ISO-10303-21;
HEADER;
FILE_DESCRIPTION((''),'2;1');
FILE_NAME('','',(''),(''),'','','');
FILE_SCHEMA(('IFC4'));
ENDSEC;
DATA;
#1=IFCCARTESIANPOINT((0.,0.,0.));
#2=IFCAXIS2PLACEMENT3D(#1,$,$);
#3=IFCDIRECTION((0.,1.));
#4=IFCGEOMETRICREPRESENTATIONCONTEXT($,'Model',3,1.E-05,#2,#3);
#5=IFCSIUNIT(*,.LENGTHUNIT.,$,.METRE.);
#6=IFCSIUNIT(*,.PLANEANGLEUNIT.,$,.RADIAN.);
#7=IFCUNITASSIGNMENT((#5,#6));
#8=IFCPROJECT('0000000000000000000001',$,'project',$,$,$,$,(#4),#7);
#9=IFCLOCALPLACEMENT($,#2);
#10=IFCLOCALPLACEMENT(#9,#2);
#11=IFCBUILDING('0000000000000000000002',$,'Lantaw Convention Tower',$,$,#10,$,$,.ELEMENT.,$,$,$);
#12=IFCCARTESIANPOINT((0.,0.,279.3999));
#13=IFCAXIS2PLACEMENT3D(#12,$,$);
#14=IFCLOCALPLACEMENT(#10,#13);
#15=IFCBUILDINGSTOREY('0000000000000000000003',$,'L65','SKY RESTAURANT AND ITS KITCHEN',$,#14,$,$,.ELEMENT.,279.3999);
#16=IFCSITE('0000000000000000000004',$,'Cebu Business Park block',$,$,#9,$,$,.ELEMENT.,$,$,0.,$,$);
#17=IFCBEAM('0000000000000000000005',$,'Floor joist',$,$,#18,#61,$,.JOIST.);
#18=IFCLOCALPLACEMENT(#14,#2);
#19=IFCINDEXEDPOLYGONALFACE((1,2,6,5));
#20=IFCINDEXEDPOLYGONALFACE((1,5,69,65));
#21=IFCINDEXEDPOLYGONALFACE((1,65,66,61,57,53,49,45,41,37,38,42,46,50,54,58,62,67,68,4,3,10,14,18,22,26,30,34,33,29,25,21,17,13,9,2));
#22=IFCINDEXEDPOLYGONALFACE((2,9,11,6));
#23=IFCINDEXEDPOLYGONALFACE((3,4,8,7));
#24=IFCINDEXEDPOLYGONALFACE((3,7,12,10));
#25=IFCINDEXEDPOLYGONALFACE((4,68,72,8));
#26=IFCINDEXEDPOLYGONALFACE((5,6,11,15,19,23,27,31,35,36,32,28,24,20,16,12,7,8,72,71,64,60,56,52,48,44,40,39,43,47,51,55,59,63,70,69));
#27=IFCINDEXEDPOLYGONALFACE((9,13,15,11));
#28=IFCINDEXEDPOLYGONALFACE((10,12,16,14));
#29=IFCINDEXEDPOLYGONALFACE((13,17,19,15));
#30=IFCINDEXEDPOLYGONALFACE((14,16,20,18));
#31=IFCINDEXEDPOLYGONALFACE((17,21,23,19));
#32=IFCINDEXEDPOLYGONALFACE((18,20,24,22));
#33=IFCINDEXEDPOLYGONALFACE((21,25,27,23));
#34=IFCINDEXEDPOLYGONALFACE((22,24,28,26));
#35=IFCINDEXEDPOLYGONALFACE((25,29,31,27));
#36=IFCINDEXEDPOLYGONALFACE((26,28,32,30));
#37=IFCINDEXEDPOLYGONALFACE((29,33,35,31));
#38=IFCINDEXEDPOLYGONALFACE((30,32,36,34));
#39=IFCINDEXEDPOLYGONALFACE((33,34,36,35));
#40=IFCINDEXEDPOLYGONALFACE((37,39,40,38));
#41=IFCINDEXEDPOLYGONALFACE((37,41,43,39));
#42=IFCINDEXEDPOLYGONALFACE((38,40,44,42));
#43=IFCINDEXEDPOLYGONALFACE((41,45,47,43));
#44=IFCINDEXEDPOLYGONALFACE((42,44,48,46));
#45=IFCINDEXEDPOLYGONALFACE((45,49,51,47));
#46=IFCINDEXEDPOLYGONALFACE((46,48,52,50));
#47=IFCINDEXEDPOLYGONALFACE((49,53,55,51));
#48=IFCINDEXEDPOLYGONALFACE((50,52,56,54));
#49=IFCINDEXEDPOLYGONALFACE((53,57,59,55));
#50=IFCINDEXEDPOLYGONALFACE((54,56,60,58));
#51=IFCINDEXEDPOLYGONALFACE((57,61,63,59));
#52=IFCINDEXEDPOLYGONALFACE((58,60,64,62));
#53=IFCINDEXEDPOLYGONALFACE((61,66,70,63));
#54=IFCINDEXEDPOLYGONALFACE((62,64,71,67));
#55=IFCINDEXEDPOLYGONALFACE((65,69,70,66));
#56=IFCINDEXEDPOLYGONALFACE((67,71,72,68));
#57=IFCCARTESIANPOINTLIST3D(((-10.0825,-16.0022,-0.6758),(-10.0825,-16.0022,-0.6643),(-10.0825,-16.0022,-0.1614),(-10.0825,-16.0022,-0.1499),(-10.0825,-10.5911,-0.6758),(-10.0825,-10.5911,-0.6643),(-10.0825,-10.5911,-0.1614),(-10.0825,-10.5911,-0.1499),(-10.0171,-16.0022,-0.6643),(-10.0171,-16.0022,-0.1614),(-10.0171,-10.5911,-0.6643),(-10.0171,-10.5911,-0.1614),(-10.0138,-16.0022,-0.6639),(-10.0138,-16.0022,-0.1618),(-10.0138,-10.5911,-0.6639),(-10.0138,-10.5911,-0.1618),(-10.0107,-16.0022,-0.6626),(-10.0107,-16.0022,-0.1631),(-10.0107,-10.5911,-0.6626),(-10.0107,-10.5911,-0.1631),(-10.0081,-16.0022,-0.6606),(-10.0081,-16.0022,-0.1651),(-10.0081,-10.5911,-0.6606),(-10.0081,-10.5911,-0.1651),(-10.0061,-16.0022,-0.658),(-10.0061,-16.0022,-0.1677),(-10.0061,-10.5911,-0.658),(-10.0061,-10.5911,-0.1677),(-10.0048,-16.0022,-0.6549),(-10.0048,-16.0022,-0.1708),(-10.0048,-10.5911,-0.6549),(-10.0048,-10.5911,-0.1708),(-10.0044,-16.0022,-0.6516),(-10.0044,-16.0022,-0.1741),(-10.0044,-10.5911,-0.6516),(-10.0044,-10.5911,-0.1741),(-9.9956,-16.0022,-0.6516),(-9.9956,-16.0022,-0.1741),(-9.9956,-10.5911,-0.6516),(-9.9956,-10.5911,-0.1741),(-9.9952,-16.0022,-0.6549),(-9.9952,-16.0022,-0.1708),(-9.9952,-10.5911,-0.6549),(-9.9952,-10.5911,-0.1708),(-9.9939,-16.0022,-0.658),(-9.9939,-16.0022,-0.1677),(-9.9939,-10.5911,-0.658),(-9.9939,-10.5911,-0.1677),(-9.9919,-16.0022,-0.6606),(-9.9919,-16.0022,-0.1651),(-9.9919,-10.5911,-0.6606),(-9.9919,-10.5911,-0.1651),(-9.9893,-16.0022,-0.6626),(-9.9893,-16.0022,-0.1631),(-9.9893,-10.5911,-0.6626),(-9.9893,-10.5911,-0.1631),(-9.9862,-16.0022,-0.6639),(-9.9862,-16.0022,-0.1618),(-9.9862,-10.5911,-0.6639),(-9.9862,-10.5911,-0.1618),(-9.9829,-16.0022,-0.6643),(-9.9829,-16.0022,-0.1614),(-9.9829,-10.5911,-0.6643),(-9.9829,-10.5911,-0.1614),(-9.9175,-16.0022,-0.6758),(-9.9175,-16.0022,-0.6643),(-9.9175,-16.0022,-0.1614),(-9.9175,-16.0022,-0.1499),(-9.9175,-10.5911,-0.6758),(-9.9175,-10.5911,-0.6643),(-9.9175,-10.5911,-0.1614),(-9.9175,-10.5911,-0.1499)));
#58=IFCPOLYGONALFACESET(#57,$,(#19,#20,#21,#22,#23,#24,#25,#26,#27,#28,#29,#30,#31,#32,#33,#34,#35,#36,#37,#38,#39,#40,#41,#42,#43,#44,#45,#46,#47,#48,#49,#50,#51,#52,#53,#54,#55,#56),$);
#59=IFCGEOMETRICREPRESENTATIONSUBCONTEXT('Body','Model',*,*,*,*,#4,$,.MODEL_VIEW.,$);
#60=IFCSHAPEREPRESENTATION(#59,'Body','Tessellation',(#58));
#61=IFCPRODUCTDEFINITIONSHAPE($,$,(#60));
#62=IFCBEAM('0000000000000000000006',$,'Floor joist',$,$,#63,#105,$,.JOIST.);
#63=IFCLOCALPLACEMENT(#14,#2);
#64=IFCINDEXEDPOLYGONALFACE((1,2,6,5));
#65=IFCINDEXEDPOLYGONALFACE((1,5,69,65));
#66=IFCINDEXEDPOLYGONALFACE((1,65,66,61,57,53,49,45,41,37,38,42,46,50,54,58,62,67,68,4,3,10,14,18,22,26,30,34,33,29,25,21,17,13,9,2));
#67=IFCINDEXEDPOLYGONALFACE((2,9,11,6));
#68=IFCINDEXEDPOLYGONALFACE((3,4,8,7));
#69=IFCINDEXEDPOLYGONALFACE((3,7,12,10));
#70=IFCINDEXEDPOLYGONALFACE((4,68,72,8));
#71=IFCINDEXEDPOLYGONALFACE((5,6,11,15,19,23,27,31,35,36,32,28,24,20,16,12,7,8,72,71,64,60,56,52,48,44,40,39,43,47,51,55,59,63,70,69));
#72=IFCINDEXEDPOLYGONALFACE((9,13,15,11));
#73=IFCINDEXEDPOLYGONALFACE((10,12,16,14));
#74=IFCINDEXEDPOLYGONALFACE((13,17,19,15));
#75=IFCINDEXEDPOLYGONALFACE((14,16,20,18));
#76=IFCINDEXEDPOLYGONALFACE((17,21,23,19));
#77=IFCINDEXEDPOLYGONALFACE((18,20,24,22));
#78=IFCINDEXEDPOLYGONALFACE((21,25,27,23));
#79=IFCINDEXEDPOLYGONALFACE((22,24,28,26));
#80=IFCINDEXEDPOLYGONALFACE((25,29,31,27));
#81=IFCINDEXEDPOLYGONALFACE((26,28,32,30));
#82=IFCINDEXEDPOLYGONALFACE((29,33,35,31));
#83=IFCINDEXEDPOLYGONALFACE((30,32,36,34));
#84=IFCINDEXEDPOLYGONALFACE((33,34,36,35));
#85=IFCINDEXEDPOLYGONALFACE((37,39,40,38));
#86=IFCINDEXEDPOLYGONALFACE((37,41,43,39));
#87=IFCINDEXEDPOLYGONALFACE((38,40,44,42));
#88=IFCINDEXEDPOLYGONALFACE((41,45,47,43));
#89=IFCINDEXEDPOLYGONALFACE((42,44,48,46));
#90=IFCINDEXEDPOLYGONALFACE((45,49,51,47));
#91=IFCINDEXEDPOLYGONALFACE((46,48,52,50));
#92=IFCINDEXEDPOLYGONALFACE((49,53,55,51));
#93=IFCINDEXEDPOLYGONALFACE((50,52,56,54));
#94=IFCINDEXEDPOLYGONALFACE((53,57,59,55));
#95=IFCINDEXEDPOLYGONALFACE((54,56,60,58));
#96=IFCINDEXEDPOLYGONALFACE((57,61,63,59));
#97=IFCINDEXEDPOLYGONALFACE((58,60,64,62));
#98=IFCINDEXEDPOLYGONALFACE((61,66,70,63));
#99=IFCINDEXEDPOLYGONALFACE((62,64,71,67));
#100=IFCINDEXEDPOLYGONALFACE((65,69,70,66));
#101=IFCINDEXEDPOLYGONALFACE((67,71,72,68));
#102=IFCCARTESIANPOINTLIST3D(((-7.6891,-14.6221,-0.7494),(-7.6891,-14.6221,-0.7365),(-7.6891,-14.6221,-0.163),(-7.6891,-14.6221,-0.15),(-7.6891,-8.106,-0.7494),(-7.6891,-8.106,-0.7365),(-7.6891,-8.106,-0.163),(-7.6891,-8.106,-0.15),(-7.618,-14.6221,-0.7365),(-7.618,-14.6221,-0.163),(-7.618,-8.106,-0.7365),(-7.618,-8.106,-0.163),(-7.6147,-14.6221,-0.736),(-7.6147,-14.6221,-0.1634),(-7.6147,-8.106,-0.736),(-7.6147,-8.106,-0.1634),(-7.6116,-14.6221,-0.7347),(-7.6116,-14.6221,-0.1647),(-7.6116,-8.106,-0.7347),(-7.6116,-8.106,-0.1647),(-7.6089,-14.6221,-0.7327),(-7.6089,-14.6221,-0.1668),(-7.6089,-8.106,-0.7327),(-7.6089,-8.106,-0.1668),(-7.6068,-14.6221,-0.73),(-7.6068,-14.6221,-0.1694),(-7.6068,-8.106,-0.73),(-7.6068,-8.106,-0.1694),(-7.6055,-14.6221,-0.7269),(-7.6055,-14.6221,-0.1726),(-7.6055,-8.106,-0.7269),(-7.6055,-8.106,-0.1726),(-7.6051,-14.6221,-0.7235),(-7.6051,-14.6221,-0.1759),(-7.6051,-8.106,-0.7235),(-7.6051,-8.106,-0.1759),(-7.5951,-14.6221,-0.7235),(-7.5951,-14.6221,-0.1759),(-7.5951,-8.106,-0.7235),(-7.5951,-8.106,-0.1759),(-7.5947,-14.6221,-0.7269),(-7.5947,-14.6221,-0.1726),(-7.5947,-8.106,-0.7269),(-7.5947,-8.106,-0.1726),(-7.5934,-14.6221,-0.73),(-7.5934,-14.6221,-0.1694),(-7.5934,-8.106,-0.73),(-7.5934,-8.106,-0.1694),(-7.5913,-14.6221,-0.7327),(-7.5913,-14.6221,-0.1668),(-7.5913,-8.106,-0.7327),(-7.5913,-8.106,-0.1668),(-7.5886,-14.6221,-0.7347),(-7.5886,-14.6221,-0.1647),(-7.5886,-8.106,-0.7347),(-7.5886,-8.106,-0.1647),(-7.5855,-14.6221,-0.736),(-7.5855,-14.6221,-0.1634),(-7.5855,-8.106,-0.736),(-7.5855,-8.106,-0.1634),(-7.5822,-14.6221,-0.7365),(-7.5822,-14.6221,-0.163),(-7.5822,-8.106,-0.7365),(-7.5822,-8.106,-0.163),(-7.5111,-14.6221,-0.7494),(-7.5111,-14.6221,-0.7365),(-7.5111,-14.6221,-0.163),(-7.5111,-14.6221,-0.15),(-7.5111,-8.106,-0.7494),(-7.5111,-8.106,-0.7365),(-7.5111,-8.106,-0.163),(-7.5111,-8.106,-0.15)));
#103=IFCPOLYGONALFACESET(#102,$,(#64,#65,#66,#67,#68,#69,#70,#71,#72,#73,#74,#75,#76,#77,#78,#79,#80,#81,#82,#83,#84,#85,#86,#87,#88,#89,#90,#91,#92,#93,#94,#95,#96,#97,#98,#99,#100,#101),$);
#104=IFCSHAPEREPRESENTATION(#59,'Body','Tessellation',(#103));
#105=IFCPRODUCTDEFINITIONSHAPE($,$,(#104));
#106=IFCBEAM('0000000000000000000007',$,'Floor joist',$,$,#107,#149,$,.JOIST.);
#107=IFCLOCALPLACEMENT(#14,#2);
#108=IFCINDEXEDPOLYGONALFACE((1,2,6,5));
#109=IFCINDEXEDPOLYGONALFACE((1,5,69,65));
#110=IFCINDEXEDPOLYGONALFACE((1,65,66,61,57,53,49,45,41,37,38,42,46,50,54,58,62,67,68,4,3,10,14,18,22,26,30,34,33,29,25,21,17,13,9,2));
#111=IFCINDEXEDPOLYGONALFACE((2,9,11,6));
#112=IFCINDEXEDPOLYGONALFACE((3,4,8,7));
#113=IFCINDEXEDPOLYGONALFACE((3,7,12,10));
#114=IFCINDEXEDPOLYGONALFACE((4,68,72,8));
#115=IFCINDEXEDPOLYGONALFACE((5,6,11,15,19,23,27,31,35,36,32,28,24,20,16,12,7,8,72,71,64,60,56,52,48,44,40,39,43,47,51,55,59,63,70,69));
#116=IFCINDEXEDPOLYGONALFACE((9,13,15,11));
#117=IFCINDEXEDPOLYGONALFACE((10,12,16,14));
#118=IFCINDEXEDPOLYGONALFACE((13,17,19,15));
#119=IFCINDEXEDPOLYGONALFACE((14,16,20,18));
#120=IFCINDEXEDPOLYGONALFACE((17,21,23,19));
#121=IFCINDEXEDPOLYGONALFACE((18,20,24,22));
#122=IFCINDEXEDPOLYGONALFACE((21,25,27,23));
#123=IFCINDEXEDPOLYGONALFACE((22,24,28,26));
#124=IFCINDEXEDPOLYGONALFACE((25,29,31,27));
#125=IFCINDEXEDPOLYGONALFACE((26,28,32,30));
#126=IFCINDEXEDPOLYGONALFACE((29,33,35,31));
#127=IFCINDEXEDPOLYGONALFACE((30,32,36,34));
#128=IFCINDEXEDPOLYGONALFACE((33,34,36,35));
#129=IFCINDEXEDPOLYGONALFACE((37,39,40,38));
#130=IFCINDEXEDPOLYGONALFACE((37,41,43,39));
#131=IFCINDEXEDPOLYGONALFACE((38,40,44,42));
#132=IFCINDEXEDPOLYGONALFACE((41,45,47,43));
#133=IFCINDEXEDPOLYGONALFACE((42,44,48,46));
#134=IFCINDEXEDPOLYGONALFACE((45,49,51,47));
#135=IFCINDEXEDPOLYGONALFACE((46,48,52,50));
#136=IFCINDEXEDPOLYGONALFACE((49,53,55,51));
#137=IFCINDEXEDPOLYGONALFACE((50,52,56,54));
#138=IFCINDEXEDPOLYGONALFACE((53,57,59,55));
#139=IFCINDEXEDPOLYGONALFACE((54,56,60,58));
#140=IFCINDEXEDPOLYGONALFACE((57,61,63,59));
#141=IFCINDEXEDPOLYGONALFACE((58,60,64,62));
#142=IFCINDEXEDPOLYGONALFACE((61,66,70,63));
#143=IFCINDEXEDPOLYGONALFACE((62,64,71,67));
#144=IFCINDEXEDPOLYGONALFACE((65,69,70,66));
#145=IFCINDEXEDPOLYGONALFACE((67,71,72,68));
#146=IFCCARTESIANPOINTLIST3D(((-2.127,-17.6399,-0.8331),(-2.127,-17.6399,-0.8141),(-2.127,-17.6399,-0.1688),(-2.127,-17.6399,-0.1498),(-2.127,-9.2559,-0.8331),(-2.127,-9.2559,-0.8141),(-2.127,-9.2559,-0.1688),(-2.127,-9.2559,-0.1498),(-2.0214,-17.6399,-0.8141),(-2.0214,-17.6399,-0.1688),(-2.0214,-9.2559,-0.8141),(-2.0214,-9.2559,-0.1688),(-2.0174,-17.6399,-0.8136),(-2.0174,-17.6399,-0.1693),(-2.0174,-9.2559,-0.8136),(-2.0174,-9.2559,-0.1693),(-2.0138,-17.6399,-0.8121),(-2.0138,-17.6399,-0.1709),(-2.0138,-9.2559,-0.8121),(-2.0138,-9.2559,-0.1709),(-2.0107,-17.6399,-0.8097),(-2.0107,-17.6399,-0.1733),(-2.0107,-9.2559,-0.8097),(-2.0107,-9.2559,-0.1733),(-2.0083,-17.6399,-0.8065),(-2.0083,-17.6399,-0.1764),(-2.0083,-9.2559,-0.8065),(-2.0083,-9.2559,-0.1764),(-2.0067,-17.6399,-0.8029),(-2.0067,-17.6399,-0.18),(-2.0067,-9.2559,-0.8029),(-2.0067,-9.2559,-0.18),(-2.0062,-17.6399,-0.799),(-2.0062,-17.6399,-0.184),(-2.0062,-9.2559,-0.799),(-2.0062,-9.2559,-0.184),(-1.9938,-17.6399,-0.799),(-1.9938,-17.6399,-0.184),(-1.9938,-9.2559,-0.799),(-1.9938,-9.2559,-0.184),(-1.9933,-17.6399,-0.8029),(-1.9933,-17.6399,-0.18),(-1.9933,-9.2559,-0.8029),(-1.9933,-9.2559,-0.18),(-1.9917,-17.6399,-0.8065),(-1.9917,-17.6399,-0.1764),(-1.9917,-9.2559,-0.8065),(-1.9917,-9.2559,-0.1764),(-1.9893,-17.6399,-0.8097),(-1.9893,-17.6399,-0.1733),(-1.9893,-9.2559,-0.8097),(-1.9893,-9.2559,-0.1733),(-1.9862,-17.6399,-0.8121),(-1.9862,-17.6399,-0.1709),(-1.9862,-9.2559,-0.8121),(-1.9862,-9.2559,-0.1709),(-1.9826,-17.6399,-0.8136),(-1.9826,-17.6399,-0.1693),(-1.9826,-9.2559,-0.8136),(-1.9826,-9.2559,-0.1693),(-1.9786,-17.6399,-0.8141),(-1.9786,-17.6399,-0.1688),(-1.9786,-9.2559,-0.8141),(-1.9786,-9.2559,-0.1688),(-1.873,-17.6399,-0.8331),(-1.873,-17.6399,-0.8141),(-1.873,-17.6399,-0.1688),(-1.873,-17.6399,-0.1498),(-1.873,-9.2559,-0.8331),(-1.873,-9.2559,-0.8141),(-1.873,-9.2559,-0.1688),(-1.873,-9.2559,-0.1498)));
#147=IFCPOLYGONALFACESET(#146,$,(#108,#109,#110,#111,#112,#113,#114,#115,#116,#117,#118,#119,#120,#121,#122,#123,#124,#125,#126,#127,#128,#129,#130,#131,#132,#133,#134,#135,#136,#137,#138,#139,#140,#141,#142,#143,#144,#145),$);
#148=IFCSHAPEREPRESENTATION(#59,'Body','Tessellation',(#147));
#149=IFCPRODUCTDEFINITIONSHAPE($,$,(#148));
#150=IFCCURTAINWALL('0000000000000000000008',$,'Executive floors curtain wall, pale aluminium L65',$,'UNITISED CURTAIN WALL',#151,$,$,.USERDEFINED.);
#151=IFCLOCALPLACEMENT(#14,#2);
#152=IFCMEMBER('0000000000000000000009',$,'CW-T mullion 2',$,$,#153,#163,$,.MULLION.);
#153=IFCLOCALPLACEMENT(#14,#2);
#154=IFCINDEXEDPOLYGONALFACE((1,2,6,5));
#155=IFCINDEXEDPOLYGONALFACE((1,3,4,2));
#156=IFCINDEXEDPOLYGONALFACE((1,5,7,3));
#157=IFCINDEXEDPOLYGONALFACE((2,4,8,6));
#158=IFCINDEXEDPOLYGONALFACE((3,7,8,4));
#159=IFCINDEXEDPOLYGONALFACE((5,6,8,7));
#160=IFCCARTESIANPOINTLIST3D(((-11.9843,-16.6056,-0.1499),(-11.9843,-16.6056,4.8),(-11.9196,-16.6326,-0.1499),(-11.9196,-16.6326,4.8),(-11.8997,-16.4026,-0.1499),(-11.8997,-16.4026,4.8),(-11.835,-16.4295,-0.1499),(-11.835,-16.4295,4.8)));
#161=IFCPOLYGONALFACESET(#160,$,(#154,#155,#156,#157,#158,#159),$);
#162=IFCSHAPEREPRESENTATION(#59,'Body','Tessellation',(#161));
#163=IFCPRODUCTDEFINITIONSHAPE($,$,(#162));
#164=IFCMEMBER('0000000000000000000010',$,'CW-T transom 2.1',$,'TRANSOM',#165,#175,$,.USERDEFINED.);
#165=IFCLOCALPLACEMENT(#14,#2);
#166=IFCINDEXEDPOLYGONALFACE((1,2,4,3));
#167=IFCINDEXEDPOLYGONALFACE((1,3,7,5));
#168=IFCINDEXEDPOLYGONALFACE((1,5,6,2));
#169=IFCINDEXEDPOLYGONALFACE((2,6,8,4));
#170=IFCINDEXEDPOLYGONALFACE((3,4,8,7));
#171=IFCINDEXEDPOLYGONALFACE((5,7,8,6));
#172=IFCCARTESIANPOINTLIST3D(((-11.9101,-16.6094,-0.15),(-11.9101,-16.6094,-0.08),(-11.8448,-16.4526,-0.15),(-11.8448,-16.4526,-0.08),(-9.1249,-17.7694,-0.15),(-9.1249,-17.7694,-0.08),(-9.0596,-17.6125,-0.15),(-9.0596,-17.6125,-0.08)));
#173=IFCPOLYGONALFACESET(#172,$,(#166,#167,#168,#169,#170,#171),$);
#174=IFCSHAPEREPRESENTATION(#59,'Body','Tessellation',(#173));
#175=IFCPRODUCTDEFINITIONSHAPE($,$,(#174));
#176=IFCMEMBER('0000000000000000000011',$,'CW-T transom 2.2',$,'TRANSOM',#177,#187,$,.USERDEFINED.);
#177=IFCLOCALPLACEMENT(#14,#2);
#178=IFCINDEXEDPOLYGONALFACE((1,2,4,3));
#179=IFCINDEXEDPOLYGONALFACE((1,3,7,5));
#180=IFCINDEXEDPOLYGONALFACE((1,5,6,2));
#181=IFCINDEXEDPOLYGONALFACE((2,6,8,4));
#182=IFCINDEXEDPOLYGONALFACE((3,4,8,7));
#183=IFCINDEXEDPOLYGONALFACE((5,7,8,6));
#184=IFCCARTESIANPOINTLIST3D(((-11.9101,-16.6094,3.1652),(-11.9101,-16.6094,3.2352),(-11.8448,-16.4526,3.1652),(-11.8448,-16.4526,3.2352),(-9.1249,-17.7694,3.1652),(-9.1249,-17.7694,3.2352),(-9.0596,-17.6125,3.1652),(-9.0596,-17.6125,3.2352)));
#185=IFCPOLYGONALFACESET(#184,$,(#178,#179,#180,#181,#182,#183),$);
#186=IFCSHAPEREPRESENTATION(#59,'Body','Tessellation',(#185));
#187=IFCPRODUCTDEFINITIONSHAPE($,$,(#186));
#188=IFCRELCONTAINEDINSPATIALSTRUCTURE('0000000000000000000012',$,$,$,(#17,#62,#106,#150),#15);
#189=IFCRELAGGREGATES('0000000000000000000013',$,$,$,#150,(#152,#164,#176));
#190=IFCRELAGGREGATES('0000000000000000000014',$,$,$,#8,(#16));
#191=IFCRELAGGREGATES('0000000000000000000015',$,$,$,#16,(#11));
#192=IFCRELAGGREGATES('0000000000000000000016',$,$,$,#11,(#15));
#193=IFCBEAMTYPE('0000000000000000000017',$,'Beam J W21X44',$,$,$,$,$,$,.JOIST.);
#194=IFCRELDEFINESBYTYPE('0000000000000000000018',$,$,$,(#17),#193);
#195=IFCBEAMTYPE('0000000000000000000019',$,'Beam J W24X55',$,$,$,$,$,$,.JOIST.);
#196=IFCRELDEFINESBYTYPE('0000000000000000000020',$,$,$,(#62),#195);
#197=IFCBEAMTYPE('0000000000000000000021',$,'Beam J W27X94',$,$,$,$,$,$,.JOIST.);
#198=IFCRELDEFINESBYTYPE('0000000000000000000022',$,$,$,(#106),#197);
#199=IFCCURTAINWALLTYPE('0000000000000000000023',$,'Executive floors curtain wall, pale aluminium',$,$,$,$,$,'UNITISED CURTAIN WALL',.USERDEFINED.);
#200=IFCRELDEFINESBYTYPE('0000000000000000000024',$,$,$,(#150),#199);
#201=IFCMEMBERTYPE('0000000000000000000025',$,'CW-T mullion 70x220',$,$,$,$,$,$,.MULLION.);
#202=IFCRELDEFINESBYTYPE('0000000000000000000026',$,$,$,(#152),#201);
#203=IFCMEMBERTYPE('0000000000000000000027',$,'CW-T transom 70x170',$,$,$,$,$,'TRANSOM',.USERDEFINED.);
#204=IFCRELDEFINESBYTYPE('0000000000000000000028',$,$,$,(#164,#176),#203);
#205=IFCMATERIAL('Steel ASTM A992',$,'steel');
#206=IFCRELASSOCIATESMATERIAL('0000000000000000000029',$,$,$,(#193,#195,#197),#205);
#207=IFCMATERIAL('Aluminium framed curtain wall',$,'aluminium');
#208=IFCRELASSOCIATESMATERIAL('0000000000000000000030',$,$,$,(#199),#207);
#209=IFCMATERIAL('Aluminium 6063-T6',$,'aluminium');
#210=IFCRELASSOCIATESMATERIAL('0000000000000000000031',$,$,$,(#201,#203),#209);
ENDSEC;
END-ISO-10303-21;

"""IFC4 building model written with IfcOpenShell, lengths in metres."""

from ifc_helpers import new_model, si_unit, direction, frame, origin, origin_2d, place, context, subcontext, project, spatial, rectangle, i_section, extrude, material, material_profile, profile_set, type_object, element, aggregate, save


model = new_model("IFC4")

# Units and contexts
model_context = context("Model", 3, precision=1e-05, world=origin(), true_north=direction((0.0, 1.0)))
body_context = subcontext(model_context, "Body", "Model", "MODEL_VIEW")
ifc_project = project(units=[si_unit("LENGTHUNIT", "METRE"), si_unit("PLANEANGLEUNIT", "RADIAN")], contexts=[model_context])

# Site, building, storey
site_placement = place(None, origin())
site = spatial("IfcSite", under=ifc_project, at=site_placement, Name="Cebu Business Park block", CompositionType="ELEMENT", RefElevation=0.0)
building_placement = place(site_placement, origin())
building = spatial("IfcBuilding", under=site, at=building_placement, Name="Lantaw Convention Tower", CompositionType="ELEMENT")
storey_placement = place(building_placement, frame((0.0, 0.0, 279.3999)))
storey = spatial("IfcBuildingStorey", under=building, at=storey_placement, Name="L65", Description="SKY RESTAURANT AND ITS KITCHEN", CompositionType="ELEMENT", Elevation=279.3999)

# Beams
ifc_material_1 = material(Name="Steel ASTM A992", Category="steel")
ifc_material_profile_1 = material_profile(ifc_material_1, i_section(OverallWidth=0.165, OverallDepth=0.5259, WebThickness=0.0088, FlangeThickness=0.0115, FilletRadius=0.0127, at=origin_2d()), Name="W21X44")
ifc_profile_set_1 = profile_set([ifc_material_profile_1], Name="Steel ASTM A992")
beam_type_1 = type_object("IfcBeamType", Name="Beam J W21X44", PredefinedType="JOIST", material=ifc_profile_set_1)
beam_1_placement = place(storey_placement, frame((-10.0, -16.0022, -0.4128), z_axis=(0.0, 1.0, 0.0), x_axis=(-1.0, 0.0, 0.0)))
element("IfcBeam", 1, at=beam_1_placement, inside=storey, type_object=beam_type_1, Name="Floor joist", PredefinedType="JOIST", context=body_context, shape_type="SweptSolid", body=[
    extrude(i_section(OverallWidth=0.165, OverallDepth=0.5259, WebThickness=0.0088, FlangeThickness=0.0115, FilletRadius=0.0127, at=origin_2d()), origin(), (0.0, 0.0, 1.0), 5.4111),
])
ifc_material_profile_2 = material_profile(ifc_material_1, i_section(OverallWidth=0.178, OverallDepth=0.5994, WebThickness=0.01, FlangeThickness=0.0129, FilletRadius=0.0129, at=origin_2d()), Name="W24X55")
ifc_profile_set_2 = profile_set([ifc_material_profile_2], Name="Steel ASTM A992")
beam_type_2 = type_object("IfcBeamType", Name="Beam J W24X55", PredefinedType="JOIST", material=ifc_profile_set_2)
beam_2_placement = place(storey_placement, frame((-7.6001, -14.6221, -0.4497), z_axis=(0.0, 1.0, 0.0), x_axis=(-1.0, 0.0, 0.0)))
element("IfcBeam", 2, at=beam_2_placement, inside=storey, type_object=beam_type_2, Name="Floor joist", PredefinedType="JOIST", context=body_context, shape_type="SweptSolid", body=[
    extrude(i_section(OverallWidth=0.178, OverallDepth=0.5994, WebThickness=0.01, FlangeThickness=0.0129, FilletRadius=0.0129, at=origin_2d()), origin(), (0.0, 0.0, 1.0), 6.5161),
])
ifc_material_profile_3 = material_profile(ifc_material_1, i_section(OverallWidth=0.2539, OverallDepth=0.6833, WebThickness=0.0125, FlangeThickness=0.019, FilletRadius=0.0151, at=origin_2d()), Name="W27X94")
ifc_profile_set_3 = profile_set([ifc_material_profile_3], Name="Steel ASTM A992")
beam_type_3 = type_object("IfcBeamType", Name="Beam J W27X94", PredefinedType="JOIST", material=ifc_profile_set_3)
beam_3_placement = place(storey_placement, frame((-2.0, -17.6399, -0.4915), z_axis=(0.0, 1.0, 0.0), x_axis=(-1.0, 0.0, 0.0)))
element("IfcBeam", 3, at=beam_3_placement, inside=storey, type_object=beam_type_3, Name="Floor joist", PredefinedType="JOIST", context=body_context, shape_type="SweptSolid", body=[
    extrude(i_section(OverallWidth=0.2539, OverallDepth=0.6833, WebThickness=0.0125, FlangeThickness=0.019, FilletRadius=0.0151, at=origin_2d()), origin(), (0.0, 0.0, 1.0), 8.384),
])

# Curtain wall, members
ifc_material_2 = material(Name="Aluminium framed curtain wall", Category="aluminium")
curtain_wall_type = type_object("IfcCurtainWallType", Name="Executive floors curtain wall, pale aluminium", ElementType="UNITISED CURTAIN WALL", PredefinedType="USERDEFINED", material=ifc_material_2)
curtain_wall_placement = place(storey_placement, origin())
curtain_wall = element("IfcCurtainWall", 4, at=curtain_wall_placement, inside=storey, type_object=curtain_wall_type, Name="Executive floors curtain wall, pale aluminium L65", ObjectType="UNITISED CURTAIN WALL", PredefinedType="USERDEFINED")
ifc_material_3 = material(Name="Aluminium 6063-T6", Category="aluminium")
ifc_material_profile_4 = material_profile(ifc_material_3, rectangle(XDim=0.22, YDim=0.0701, at=origin_2d()), Name="CW-T mullion 70x220")
ifc_profile_set_4 = profile_set([ifc_material_profile_4], Name="Aluminium 6063-T6")
member_type_1 = type_object("IfcMemberType", Name="CW-T mullion 70x220", PredefinedType="MULLION", material=ifc_profile_set_4)
member_1_placement = place(storey_placement, frame((-11.9097, -16.5176, -0.1499), z_axis=(0.0, 0.0, 1.0), x_axis=(0.38446, 0.923142, 0.0)))
member_1 = element("IfcMember", 5, at=member_1_placement, type_object=member_type_1, Name="CW-T mullion 2", PredefinedType="MULLION", context=body_context, shape_type="SweptSolid", body=[
    extrude(rectangle(XDim=0.22, YDim=0.0701, at=origin_2d()), origin(), (0.0, 0.0, 1.0), 4.95),
])
ifc_material_profile_5 = material_profile(ifc_material_3, rectangle(XDim=0.1699, YDim=0.0701, at=origin_2d()), Name="CW-T transom 70x170")
ifc_profile_set_5 = profile_set([ifc_material_profile_5], Name="Aluminium 6063-T6")
member_type_2 = type_object("IfcMemberType", Name="CW-T transom 70x170", ElementType="TRANSOM", PredefinedType="USERDEFINED", material=ifc_profile_set_5)
member_2_placement = place(storey_placement, frame((-11.8774, -16.531, -0.115), z_axis=(0.923144, -0.384454, 0.0), x_axis=(0.384454, 0.923144, 0.0)))
member_2 = element("IfcMember", 6, at=member_2_placement, type_object=member_type_2, Name="CW-T transom 2.1", ObjectType="TRANSOM", PredefinedType="USERDEFINED", context=body_context, shape_type="SweptSolid", body=[
    extrude(rectangle(XDim=0.1699, YDim=0.0701, at=origin_2d()), origin(), (0.0, 0.0, 1.0), 3.0171),
])
member_3_placement = place(storey_placement, frame((-11.8774, -16.531, 3.2002), z_axis=(0.923144, -0.384454, 0.0), x_axis=(0.384454, 0.923144, 0.0)))
member_3 = element("IfcMember", 7, at=member_3_placement, type_object=member_type_2, Name="CW-T transom 2.2", ObjectType="TRANSOM", PredefinedType="USERDEFINED", context=body_context, shape_type="SweptSolid", body=[
    extrude(rectangle(XDim=0.1699, YDim=0.0701, at=origin_2d()), origin(), (0.0, 0.0, 1.0), 3.0171),
])
aggregate(curtain_wall, [member_1, member_2, member_3])

save(model, "model.ifc")
